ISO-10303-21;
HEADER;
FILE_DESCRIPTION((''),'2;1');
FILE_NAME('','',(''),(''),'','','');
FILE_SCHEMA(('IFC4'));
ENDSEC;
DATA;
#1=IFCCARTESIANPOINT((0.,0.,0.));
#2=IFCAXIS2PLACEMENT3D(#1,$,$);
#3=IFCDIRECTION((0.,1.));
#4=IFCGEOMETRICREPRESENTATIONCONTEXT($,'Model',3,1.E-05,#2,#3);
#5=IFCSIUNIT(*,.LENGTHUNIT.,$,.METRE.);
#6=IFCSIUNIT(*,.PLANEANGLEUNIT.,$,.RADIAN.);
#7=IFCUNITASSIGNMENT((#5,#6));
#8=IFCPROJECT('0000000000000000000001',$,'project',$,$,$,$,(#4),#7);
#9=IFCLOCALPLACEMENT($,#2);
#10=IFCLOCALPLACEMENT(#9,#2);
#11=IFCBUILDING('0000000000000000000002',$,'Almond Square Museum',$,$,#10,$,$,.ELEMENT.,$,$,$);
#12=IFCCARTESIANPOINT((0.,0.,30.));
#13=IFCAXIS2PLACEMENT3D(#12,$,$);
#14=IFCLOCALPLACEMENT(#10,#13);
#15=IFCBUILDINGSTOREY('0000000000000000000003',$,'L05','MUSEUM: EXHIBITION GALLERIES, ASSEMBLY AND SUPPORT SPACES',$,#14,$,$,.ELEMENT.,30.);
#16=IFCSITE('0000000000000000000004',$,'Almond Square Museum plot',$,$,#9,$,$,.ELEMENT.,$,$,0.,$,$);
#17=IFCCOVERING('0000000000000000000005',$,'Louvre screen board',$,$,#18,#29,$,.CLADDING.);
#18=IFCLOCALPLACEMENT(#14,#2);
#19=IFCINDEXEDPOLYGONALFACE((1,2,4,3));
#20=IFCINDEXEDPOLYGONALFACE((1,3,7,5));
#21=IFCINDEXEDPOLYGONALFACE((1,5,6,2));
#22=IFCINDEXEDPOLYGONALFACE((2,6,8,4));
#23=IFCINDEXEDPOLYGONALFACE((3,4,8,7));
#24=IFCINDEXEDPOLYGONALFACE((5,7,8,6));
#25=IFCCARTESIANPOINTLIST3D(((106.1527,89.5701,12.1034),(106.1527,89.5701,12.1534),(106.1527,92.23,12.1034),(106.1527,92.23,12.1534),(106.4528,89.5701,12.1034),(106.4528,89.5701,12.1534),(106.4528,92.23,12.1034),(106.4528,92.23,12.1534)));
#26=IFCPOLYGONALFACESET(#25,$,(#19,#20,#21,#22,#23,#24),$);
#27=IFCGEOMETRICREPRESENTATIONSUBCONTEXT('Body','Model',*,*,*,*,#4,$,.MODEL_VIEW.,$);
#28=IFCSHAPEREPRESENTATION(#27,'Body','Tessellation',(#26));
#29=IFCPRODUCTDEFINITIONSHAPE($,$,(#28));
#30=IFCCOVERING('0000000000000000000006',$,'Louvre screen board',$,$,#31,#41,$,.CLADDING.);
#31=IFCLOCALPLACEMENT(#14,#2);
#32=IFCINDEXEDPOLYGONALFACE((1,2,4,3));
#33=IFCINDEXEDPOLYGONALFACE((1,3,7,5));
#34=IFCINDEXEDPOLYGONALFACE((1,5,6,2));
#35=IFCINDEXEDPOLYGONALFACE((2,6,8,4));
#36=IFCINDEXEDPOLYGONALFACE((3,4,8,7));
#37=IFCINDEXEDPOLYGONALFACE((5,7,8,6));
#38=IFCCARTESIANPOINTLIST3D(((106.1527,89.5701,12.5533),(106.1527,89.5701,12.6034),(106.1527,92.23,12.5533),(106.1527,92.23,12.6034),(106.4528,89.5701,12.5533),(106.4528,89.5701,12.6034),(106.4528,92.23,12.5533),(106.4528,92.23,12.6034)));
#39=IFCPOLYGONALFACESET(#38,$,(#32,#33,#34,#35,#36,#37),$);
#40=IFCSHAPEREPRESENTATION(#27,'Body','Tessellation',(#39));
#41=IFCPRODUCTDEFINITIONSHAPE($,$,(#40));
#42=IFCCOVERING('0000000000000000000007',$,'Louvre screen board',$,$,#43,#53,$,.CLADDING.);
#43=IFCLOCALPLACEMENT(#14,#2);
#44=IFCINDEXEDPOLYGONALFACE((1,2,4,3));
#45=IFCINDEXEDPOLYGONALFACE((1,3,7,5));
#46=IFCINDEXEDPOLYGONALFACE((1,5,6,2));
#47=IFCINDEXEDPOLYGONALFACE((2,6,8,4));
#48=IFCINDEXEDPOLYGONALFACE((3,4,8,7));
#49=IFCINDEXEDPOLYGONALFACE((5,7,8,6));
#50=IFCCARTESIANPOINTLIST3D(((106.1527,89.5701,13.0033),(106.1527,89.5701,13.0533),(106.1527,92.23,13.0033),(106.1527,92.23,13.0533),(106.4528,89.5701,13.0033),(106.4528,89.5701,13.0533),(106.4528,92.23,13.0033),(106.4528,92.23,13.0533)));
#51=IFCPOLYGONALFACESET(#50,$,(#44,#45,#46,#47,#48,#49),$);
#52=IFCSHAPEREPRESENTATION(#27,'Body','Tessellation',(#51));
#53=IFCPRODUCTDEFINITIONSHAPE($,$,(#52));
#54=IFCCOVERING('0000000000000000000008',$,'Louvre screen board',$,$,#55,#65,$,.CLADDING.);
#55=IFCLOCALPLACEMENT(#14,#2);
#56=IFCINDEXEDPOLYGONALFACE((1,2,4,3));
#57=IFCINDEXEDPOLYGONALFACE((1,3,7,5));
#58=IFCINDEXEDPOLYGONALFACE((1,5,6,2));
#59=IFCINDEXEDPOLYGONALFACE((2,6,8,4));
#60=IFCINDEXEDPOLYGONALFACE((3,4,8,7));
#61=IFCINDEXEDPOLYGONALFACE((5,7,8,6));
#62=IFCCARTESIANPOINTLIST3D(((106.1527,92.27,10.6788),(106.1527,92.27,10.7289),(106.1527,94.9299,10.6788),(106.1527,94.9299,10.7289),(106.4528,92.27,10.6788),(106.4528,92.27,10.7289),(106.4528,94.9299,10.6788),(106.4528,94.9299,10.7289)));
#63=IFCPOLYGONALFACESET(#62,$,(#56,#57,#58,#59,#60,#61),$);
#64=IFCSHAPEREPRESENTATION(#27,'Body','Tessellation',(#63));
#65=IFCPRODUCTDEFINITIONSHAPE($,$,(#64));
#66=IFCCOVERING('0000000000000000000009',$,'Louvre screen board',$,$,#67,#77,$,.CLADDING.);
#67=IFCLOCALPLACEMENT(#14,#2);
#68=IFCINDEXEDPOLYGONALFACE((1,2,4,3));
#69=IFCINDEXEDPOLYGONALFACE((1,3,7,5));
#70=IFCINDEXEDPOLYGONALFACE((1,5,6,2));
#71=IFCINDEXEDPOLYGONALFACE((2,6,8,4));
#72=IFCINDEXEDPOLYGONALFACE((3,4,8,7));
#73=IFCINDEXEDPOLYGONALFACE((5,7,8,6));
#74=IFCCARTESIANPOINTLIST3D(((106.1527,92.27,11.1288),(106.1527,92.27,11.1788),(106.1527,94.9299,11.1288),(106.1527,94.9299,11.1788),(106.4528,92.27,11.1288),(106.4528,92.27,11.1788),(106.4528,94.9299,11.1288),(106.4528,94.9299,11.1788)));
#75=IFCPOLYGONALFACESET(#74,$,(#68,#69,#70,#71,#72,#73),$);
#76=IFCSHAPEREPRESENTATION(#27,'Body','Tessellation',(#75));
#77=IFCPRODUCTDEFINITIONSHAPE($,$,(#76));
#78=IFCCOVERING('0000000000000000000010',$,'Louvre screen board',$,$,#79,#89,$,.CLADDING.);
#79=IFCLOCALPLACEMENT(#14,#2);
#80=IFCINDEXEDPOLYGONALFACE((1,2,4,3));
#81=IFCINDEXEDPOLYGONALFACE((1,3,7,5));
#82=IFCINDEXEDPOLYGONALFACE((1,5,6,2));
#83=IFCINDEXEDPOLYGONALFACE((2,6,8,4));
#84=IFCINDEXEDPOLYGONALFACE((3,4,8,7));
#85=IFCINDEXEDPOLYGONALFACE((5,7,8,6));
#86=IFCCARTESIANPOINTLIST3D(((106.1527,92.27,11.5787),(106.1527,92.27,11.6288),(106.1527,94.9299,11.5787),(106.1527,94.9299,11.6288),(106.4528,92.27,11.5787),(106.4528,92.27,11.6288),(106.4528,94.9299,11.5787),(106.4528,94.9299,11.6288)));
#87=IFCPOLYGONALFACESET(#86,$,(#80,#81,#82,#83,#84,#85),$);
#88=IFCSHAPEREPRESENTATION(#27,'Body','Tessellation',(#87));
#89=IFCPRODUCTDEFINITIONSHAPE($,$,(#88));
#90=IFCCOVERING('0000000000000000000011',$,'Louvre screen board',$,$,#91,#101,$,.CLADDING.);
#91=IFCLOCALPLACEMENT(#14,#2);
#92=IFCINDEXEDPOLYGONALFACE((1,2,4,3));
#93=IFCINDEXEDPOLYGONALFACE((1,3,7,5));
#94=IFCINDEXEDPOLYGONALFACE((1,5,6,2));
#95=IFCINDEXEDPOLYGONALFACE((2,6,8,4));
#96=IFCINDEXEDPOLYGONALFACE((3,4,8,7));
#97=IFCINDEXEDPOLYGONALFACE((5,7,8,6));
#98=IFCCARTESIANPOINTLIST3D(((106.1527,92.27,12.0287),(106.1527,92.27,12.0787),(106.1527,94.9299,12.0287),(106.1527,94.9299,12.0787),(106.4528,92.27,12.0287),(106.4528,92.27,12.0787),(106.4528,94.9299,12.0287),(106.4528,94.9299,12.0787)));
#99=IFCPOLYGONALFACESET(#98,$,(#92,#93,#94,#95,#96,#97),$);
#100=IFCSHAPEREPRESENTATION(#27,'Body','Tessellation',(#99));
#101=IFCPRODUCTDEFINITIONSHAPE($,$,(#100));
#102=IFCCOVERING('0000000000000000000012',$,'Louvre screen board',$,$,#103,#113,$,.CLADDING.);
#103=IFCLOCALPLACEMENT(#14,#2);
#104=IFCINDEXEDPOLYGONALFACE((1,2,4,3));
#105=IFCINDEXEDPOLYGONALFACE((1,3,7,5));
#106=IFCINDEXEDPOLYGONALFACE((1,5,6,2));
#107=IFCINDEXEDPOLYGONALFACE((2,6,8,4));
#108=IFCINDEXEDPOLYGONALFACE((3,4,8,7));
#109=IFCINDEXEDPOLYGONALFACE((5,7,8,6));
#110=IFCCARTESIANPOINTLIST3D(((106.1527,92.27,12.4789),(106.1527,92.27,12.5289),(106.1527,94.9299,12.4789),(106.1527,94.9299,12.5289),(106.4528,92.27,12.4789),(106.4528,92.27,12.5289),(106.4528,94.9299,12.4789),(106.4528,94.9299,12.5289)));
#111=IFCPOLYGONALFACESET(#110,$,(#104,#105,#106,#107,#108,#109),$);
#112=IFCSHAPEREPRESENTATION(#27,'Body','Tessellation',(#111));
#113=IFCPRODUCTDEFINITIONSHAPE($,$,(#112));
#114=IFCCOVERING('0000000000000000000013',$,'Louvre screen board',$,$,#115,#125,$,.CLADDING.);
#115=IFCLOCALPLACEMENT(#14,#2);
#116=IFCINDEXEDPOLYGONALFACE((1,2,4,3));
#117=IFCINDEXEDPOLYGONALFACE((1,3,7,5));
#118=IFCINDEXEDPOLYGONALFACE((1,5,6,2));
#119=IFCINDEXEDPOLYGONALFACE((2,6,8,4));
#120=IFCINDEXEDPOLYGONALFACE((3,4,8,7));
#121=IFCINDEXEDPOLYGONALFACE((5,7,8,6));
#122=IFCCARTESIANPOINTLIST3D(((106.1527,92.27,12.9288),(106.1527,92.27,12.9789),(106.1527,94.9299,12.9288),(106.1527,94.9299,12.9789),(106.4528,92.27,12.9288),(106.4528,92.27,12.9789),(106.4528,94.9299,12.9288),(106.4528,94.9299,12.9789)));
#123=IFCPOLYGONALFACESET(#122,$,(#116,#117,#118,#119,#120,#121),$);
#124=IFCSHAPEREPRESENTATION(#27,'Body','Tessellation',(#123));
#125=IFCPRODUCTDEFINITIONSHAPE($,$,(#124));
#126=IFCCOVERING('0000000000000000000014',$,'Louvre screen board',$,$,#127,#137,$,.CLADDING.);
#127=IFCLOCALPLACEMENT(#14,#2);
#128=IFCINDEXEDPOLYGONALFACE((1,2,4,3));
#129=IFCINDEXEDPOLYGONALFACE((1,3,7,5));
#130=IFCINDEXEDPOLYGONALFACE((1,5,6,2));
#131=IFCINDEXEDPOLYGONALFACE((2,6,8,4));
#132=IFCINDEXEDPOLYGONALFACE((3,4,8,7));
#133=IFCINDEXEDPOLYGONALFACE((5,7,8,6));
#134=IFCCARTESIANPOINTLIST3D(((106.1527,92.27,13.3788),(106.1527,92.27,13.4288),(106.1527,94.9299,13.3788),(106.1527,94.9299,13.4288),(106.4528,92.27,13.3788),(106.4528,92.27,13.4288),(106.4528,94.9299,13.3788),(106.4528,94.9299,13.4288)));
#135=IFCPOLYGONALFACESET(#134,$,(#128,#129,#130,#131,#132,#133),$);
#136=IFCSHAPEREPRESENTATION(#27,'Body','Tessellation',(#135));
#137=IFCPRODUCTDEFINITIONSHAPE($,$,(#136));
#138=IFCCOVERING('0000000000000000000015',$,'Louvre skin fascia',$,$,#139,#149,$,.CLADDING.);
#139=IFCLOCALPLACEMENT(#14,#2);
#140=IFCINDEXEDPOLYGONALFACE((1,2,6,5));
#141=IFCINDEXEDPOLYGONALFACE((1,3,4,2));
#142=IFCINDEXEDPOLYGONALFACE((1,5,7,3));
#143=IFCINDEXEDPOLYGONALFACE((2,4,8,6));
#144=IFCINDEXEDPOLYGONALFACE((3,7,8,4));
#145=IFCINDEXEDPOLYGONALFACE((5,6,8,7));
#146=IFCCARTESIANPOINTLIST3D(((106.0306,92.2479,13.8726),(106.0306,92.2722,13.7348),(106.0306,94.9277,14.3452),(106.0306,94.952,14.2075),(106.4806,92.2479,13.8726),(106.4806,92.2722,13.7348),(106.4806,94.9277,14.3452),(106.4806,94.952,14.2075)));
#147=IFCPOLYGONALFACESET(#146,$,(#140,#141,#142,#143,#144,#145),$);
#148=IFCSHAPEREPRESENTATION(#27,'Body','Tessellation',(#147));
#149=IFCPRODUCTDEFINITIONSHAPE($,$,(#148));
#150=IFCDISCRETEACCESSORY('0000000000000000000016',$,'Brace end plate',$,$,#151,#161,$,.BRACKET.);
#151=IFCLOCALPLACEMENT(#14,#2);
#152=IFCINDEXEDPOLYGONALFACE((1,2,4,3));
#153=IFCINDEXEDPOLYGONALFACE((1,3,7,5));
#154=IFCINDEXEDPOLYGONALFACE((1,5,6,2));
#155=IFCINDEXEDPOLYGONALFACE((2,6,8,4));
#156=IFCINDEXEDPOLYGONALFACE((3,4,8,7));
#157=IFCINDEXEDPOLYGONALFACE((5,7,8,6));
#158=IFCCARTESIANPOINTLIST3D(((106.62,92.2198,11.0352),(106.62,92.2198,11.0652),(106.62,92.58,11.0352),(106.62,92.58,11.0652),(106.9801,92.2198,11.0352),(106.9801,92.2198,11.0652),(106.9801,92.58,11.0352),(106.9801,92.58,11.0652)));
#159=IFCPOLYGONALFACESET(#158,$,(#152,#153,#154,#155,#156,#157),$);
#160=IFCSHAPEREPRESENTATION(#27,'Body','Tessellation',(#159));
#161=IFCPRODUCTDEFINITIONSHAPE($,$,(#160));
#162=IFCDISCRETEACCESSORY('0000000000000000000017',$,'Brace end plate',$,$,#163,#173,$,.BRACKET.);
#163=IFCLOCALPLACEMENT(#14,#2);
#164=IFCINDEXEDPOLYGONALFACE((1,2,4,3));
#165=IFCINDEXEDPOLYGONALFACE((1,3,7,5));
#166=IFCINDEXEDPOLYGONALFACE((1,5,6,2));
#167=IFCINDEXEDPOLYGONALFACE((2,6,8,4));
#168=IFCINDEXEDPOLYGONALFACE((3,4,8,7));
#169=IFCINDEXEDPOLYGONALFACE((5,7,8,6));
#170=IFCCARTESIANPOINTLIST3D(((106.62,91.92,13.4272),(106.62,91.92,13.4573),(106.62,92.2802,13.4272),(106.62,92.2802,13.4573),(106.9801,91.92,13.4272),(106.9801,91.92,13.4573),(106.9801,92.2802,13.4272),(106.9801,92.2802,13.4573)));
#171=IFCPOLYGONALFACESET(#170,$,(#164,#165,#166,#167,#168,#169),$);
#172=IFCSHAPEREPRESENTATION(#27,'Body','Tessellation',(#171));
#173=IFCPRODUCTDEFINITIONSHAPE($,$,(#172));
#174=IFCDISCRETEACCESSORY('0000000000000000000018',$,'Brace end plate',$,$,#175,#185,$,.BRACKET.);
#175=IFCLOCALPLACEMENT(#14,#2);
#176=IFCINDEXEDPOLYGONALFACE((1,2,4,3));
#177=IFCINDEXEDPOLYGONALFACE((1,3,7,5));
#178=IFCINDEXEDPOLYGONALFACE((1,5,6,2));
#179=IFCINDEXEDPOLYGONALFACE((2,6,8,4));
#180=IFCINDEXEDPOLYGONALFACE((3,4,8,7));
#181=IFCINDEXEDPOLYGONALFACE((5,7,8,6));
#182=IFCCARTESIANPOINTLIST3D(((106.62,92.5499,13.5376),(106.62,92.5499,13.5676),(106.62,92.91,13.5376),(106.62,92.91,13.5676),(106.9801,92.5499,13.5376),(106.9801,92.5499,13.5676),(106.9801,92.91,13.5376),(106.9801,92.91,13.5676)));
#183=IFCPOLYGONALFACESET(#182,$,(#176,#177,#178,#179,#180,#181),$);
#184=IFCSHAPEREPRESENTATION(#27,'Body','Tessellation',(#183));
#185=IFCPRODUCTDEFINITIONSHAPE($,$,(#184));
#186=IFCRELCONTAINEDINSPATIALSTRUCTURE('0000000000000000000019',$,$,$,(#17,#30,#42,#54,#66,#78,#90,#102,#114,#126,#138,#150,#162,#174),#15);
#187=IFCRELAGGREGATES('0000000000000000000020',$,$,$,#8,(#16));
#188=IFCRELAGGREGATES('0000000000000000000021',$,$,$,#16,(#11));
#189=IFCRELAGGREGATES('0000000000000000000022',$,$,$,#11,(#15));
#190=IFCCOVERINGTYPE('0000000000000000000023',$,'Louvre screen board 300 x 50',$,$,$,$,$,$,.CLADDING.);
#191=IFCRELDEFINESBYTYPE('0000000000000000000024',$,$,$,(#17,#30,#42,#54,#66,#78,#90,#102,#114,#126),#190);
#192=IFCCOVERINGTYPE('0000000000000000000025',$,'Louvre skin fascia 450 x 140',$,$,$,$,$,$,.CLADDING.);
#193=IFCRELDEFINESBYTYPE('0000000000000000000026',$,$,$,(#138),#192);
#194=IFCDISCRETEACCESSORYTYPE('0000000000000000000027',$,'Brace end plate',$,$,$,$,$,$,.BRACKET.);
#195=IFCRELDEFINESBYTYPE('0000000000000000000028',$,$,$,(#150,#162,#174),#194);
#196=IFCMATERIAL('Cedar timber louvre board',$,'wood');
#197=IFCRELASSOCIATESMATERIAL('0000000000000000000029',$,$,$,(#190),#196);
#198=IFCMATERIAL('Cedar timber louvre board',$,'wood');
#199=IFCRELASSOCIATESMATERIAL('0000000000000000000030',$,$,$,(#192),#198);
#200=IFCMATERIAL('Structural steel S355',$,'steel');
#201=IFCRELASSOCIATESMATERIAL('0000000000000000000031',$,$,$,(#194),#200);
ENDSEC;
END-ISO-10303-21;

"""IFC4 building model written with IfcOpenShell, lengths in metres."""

from ifc_helpers import new_model, si_unit, direction, frame, origin, origin_2d, place, context, subcontext, project, spatial, rectangle, extrude, material, material_profile, profile_set, type_object, element, save


model = new_model("IFC4")

# Units and contexts
model_context = context("Model", 3, precision=1e-05, world=origin(), true_north=direction((0.0, 1.0)))
body_context = subcontext(model_context, "Body", "Model", "MODEL_VIEW")
ifc_project = project(units=[si_unit("LENGTHUNIT", "METRE"), si_unit("PLANEANGLEUNIT", "RADIAN")], contexts=[model_context])

# Site, building, storey
site_placement = place(None, origin())
site = spatial("IfcSite", under=ifc_project, at=site_placement, Name="Almond Square Museum plot", CompositionType="ELEMENT", RefElevation=0.0)
building_placement = place(site_placement, origin())
building = spatial("IfcBuilding", under=site, at=building_placement, Name="Almond Square Museum", CompositionType="ELEMENT")
storey_placement = place(building_placement, frame((0.0, 0.0, 30.0)))
storey = spatial("IfcBuildingStorey", under=building, at=storey_placement, Name="L05", Description="MUSEUM: EXHIBITION GALLERIES, ASSEMBLY AND SUPPORT SPACES", CompositionType="ELEMENT", Elevation=30.0)

# Coverings
ifc_material_1 = material(Name="Cedar timber louvre board", Category="wood")
ifc_material_profile_1 = material_profile(ifc_material_1, rectangle(XDim=0.3, YDim=0.05, at=origin_2d()))
ifc_profile_set_1 = profile_set([ifc_material_profile_1], Name="Cedar timber louvre board")
covering_type_1 = type_object("IfcCoveringType", Name="Louvre screen board 300 x 50", PredefinedType="CLADDING", material=ifc_profile_set_1)
for number, where, z_axis, x_axis, name in (
    (1, (106.3027, 89.5701, 12.1284), (0.0, 1.0, 0.0), (-1.0, 0.0, 0.0), "Louvre screen board"),
    (2, (106.3027, 89.5701, 12.5784), (0.0, 1.0, 0.0), (-1.0, 0.0, 0.0), "Louvre screen board"),
    (3, (106.3027, 89.5701, 13.0283), (0.0, 1.0, 0.0), (-1.0, 0.0, 0.0), "Louvre screen board"),
    (4, (106.3027, 92.27, 10.7039), (0.0, 1.0, 0.0), (-1.0, 0.0, 0.0), "Louvre screen board"),
    (5, (106.3027, 92.27, 11.1538), (0.0, 1.0, 0.0), (-1.0, 0.0, 0.0), "Louvre screen board"),
    (6, (106.3027, 92.27, 11.6038), (0.0, 1.0, 0.0), (-1.0, 0.0, 0.0), "Louvre screen board"),
    (7, (106.3027, 92.27, 12.0537), (0.0, 1.0, 0.0), (-1.0, 0.0, 0.0), "Louvre screen board"),
    (8, (106.3027, 92.27, 12.5039), (0.0, 1.0, 0.0), (-1.0, 0.0, 0.0), "Louvre screen board"),
    (9, (106.3027, 92.27, 12.9539), (0.0, 1.0, 0.0), (-1.0, 0.0, 0.0), "Louvre screen board"),
    (10, (106.3027, 92.27, 13.4038), (0.0, 1.0, 0.0), (-1.0, 0.0, 0.0), "Louvre screen board"),
):
    element("IfcCovering", number, at=place(storey_placement, frame(where, z_axis=z_axis, x_axis=x_axis)), inside=storey, type_object=covering_type_1, Name=name, PredefinedType="CLADDING", context=body_context, shape_type="SweptSolid", body=[
        extrude(rectangle(XDim=0.3, YDim=0.05, at=origin_2d()), origin(), (0.0, 0.0, 1.0), 2.6599),
    ])
ifc_material_2 = material(Name="Cedar timber louvre board", Category="wood")
ifc_material_profile_2 = material_profile(ifc_material_2, rectangle(XDim=0.45, YDim=0.1399, at=origin_2d()))
ifc_profile_set_2 = profile_set([ifc_material_profile_2], Name="Cedar timber louvre board")
covering_type_2 = type_object("IfcCoveringType", Name="Louvre skin fascia 450 x 140", PredefinedType="CLADDING", material=ifc_profile_set_2)
covering_placement = place(storey_placement, frame((106.2556, 92.26, 13.8037), z_axis=(0.0, 0.984801, 0.173688), x_axis=(-1.0, 0.0, 0.0)))
element("IfcCovering", 11, at=covering_placement, inside=storey, type_object=covering_type_2, Name="Louvre skin fascia", PredefinedType="CLADDING", context=body_context, shape_type="SweptSolid", body=[
    extrude(rectangle(XDim=0.45, YDim=0.1399, at=origin_2d()), origin(), (0.0, 0.0, 1.0), 2.7212),
])

# Discrete accessories
ifc_material_3 = material(Name="Structural steel S355", Category="steel")
discrete_accessory_type = type_object("IfcDiscreteAccessoryType", Name="Brace end plate", PredefinedType="BRACKET", material=ifc_material_3)
for number, where, z_axis, x_axis, name in (
    (12, (106.8, 92.3999, 11.0352), (0.0, 0.0, 1.0), (1.0, 0.0, 0.0), "Brace end plate"),
    (13, (106.8, 92.1001, 13.4272), (0.0, 0.0, 1.0), (1.0, 0.0, 0.0), "Brace end plate"),
    (14, (106.8, 92.73, 13.5376), (0.0, 0.0, 1.0), (1.0, 0.0, 0.0), "Brace end plate"),
):
    element("IfcDiscreteAccessory", number, at=place(storey_placement, frame(where, z_axis=z_axis, x_axis=x_axis)), inside=storey, type_object=discrete_accessory_type, Name=name, PredefinedType="BRACKET", context=body_context, shape_type="SweptSolid", body=[
        extrude(rectangle(XDim=0.3601, YDim=0.3601, at=origin_2d()), origin(), (0.0, 0.0, 1.0), 0.03),
    ])

save(model, "model.ifc")
